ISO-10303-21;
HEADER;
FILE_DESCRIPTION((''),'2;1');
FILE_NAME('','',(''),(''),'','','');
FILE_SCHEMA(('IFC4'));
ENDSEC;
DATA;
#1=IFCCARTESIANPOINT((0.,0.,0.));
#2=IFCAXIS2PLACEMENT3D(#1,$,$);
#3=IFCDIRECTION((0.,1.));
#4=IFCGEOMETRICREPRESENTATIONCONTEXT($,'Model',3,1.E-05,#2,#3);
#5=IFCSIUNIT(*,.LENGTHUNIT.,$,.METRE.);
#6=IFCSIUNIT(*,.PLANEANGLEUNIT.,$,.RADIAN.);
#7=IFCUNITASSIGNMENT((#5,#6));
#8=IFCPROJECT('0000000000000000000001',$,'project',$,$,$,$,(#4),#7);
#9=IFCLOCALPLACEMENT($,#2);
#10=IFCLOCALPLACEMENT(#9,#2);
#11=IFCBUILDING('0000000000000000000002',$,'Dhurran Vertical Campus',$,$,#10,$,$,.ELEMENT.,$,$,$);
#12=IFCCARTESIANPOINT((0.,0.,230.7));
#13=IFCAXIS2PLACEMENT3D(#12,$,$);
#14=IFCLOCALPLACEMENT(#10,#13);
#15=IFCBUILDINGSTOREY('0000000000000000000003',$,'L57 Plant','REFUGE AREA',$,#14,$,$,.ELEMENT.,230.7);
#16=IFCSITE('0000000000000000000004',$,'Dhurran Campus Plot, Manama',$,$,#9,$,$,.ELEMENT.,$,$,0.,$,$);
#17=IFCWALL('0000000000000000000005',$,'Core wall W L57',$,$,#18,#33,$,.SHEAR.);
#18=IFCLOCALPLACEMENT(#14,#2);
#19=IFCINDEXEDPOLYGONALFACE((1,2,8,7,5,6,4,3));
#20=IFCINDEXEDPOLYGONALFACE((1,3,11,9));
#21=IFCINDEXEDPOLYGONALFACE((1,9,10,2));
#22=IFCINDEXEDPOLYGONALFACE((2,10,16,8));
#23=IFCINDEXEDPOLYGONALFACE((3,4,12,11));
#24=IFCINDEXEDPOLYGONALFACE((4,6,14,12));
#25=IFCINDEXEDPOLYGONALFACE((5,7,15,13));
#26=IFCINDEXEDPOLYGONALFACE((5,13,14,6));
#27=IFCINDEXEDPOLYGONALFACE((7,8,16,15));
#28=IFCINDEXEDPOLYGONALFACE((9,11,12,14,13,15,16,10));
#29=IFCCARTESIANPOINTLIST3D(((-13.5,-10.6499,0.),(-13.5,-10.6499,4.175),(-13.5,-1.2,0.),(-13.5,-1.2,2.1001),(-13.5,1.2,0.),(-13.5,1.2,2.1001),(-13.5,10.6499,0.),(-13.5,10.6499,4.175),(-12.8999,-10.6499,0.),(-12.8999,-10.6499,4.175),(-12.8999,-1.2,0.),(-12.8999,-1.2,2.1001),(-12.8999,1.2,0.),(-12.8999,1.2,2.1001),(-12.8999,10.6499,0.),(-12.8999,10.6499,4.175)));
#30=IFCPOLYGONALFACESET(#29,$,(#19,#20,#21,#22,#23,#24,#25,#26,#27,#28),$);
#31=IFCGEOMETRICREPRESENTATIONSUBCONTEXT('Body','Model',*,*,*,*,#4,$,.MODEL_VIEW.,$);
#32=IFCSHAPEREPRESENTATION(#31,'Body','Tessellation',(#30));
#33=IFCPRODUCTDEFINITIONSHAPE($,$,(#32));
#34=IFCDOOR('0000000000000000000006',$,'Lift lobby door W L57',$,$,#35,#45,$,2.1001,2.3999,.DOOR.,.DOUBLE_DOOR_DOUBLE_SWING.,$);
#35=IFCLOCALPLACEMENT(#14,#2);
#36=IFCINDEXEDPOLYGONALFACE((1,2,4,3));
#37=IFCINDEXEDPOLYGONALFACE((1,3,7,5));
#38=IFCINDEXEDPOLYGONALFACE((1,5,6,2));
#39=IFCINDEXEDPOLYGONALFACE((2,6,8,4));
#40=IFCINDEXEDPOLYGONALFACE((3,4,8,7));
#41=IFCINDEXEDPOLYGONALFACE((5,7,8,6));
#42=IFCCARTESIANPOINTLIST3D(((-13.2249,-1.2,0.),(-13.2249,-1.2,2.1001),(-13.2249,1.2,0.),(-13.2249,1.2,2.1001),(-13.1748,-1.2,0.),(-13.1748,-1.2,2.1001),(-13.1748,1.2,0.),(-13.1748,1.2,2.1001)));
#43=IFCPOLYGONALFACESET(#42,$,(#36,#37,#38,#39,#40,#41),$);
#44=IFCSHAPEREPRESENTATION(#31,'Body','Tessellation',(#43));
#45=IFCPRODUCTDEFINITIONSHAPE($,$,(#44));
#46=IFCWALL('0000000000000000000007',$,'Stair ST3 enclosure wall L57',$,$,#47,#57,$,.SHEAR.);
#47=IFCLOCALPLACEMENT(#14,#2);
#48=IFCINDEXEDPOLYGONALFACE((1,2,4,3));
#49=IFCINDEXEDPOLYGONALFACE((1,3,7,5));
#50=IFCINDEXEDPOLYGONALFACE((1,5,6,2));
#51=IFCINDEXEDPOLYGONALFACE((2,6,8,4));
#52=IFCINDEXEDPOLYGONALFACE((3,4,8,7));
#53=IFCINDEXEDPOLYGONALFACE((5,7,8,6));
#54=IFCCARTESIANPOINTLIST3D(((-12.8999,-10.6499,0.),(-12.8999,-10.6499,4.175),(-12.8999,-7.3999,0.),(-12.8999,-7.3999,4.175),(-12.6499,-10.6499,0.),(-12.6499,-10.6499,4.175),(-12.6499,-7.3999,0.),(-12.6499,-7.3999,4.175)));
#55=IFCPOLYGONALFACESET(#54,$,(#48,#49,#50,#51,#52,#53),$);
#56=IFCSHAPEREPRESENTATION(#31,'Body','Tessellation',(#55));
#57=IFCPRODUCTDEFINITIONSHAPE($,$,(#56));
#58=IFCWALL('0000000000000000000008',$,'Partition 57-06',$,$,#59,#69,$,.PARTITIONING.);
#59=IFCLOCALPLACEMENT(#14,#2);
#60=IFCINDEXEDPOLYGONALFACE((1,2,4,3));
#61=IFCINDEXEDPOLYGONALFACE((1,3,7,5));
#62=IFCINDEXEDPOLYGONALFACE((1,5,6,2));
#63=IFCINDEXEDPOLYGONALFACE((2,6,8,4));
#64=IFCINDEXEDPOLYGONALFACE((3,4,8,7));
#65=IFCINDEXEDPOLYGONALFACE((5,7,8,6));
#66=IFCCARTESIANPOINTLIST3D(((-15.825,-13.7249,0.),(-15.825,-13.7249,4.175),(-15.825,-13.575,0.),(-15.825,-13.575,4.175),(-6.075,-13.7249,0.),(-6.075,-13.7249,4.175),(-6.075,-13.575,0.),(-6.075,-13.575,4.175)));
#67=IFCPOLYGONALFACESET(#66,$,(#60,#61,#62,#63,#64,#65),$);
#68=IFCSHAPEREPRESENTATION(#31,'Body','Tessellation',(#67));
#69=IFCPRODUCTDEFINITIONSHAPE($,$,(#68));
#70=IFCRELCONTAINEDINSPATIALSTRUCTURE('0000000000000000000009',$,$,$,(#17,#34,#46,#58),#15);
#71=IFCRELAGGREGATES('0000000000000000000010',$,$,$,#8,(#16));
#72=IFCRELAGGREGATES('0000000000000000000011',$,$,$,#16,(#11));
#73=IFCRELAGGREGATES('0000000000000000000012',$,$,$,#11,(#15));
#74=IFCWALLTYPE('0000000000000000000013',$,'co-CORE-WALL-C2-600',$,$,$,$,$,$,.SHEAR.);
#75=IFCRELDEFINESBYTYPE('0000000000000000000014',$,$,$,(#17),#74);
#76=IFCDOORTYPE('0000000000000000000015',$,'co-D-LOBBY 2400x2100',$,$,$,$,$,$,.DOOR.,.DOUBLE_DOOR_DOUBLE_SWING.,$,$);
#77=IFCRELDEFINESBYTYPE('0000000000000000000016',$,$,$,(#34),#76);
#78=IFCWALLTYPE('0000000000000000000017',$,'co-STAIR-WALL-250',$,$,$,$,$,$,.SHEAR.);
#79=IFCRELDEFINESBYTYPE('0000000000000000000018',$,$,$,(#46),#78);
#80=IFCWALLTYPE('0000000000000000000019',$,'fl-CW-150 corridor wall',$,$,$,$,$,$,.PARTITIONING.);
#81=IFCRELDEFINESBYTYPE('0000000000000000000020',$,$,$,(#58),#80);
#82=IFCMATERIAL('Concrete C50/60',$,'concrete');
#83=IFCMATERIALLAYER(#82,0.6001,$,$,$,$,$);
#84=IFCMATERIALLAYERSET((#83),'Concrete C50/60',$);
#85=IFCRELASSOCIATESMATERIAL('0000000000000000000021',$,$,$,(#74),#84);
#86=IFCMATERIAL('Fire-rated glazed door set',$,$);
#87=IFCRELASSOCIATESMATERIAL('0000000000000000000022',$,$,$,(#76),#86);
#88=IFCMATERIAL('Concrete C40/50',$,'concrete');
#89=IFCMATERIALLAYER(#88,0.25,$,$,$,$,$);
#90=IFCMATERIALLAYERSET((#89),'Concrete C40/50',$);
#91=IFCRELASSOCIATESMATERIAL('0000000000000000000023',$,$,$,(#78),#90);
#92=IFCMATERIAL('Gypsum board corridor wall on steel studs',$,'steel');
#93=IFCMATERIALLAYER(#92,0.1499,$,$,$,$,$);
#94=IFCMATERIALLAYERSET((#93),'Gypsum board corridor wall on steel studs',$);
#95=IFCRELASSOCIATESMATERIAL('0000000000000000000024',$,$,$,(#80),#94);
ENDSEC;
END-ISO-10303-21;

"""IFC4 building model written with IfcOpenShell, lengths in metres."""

from ifc_helpers import new_model, si_unit, direction, frame, frame_2d, origin, place, context, subcontext, project, spatial, rectangle, extrude, material, layer, layer_set, type_object, element, fill, save


model = new_model("IFC4")

# Units and contexts
model_context = context("Model", 3, precision=1e-05, world=origin(), true_north=direction((0.0, 1.0)))
body_context = subcontext(model_context, "Body", "Model", "MODEL_VIEW")
ifc_project = project(units=[si_unit("LENGTHUNIT", "METRE"), si_unit("PLANEANGLEUNIT", "RADIAN")], contexts=[model_context])

# Site, building, storey
site_placement = place(None, origin())
site = spatial("IfcSite", under=ifc_project, at=site_placement, Name="Dhurran Campus Plot, Manama", CompositionType="ELEMENT", RefElevation=0.0)
building_placement = place(site_placement, origin())
building = spatial("IfcBuilding", under=site, at=building_placement, Name="Dhurran Vertical Campus", CompositionType="ELEMENT")
storey_placement = place(building_placement, frame((0.0, 0.0, 230.7)))
storey = spatial("IfcBuildingStorey", under=building, at=storey_placement, Name="L57 Plant", Description="REFUGE AREA", CompositionType="ELEMENT", Elevation=230.7)

# Shared definitions
ifc_material_1 = material(Name="Concrete C50/60", Category="concrete")
ifc_layer_1 = layer(ifc_material_1, 0.6001)
ifc_layer_set_1 = layer_set([ifc_layer_1], Name="Concrete C50/60")
wall_type_1 = type_object("IfcWallType", Name="co-CORE-WALL-C2-600", PredefinedType="SHEAR", material=ifc_layer_set_1)
ifc_material_2 = material(Name="Fire-rated glazed door set")
door_type_1 = type_object("IfcDoorType", Name="co-D-LOBBY 2400x2100", OperationType="DOUBLE_DOOR_DOUBLE_SWING", PredefinedType="DOOR", material=ifc_material_2)

# Wall, opening, door
wall_1_placement = place(storey_placement, frame((-13.2, -10.6499, 0.0), z_axis=(0.0, 0.0, 1.0), x_axis=(0.0, 1.0, 0.0)))
wall_1 = element("IfcWall", 1, at=wall_1_placement, inside=storey, type_object=wall_type_1, Name="Core wall W L57", PredefinedType="SHEAR", context=body_context, shape_type="SweptSolid", body=[
    extrude(rectangle(XDim=21.2998, YDim=0.6001, at=frame_2d((10.6499, 0.0))), origin(), (0.0, 0.0, 1.0), 4.175),
])
opening_1_placement = place(wall_1_placement, frame((9.45, 0.0, 0.0)))
opening_1 = element("IfcOpeningElement", 2, at=opening_1_placement, cuts=wall_1, PredefinedType="OPENING", context=body_context, shape_type="SweptSolid", body=[
    extrude(rectangle(XDim=2.3999, YDim=2.1001, at=frame_2d((1.2, 1.05))), frame((0.0, 0.3101, 0.0), z_axis=(0.0, -1.0, 0.0), x_axis=(1.0, 0.0, 0.0)), (0.0, 0.0, 1.0), 0.6201),
])
door_1_placement = place(opening_1_placement, origin())
door_1 = element("IfcDoor", 3, at=door_1_placement, inside=storey, type_object=door_type_1, Name="Lift lobby door W L57", OperationType="DOUBLE_DOOR_DOUBLE_SWING", OverallHeight=2.1001, OverallWidth=2.3999, PredefinedType="DOOR", context=body_context, shape_type="SweptSolid", body=[
    extrude(rectangle(XDim=2.3999, YDim=2.1001, at=frame_2d((1.2, 1.05))), frame((0.0, 0.0249, 0.0), z_axis=(0.0, -1.0, 0.0), x_axis=(1.0, 0.0, 0.0)), (0.0, 0.0, 1.0), 0.05),
])
fill(opening_1, door_1)

# Walls
ifc_material_3 = material(Name="Concrete C40/50", Category="concrete")
ifc_layer_2 = layer(ifc_material_3, 0.25)
ifc_layer_set_2 = layer_set([ifc_layer_2], Name="Concrete C40/50")
wall_type_2 = type_object("IfcWallType", Name="co-STAIR-WALL-250", PredefinedType="SHEAR", material=ifc_layer_set_2)
wall_2_placement = place(storey_placement, frame((-12.7749, -10.6499, 0.0), z_axis=(0.0, 0.0, 1.0), x_axis=(0.0, 1.0, 0.0)))
element("IfcWall", 4, at=wall_2_placement, inside=storey, type_object=wall_type_2, Name="Stair ST3 enclosure wall L57", PredefinedType="SHEAR", context=body_context, shape_type="SweptSolid", body=[
    extrude(rectangle(XDim=3.25, YDim=0.25, at=frame_2d((1.625, 0.0))), origin(), (0.0, 0.0, 1.0), 4.175),
])
ifc_material_4 = material(Name="Gypsum board corridor wall on steel studs", Category="steel")
ifc_layer_3 = layer(ifc_material_4, 0.1499)
ifc_layer_set_3 = layer_set([ifc_layer_3], Name="Gypsum board corridor wall on steel studs")
wall_type_3 = type_object("IfcWallType", Name="fl-CW-150 corridor wall", PredefinedType="PARTITIONING", material=ifc_layer_set_3)
wall_3_placement = place(storey_placement, frame((-15.825, -13.6499, 0.0), z_axis=(0.0, 0.0, 1.0), x_axis=(1.0, 0.0, 0.0)))
element("IfcWall", 5, at=wall_3_placement, inside=storey, type_object=wall_type_3, Name="Partition 57-06", PredefinedType="PARTITIONING", context=body_context, shape_type="SweptSolid", body=[
    extrude(rectangle(XDim=9.75, YDim=0.1499, at=frame_2d((4.875, 0.0))), origin(), (0.0, 0.0, 1.0), 4.175),
])

save(model, "model.ifc")
